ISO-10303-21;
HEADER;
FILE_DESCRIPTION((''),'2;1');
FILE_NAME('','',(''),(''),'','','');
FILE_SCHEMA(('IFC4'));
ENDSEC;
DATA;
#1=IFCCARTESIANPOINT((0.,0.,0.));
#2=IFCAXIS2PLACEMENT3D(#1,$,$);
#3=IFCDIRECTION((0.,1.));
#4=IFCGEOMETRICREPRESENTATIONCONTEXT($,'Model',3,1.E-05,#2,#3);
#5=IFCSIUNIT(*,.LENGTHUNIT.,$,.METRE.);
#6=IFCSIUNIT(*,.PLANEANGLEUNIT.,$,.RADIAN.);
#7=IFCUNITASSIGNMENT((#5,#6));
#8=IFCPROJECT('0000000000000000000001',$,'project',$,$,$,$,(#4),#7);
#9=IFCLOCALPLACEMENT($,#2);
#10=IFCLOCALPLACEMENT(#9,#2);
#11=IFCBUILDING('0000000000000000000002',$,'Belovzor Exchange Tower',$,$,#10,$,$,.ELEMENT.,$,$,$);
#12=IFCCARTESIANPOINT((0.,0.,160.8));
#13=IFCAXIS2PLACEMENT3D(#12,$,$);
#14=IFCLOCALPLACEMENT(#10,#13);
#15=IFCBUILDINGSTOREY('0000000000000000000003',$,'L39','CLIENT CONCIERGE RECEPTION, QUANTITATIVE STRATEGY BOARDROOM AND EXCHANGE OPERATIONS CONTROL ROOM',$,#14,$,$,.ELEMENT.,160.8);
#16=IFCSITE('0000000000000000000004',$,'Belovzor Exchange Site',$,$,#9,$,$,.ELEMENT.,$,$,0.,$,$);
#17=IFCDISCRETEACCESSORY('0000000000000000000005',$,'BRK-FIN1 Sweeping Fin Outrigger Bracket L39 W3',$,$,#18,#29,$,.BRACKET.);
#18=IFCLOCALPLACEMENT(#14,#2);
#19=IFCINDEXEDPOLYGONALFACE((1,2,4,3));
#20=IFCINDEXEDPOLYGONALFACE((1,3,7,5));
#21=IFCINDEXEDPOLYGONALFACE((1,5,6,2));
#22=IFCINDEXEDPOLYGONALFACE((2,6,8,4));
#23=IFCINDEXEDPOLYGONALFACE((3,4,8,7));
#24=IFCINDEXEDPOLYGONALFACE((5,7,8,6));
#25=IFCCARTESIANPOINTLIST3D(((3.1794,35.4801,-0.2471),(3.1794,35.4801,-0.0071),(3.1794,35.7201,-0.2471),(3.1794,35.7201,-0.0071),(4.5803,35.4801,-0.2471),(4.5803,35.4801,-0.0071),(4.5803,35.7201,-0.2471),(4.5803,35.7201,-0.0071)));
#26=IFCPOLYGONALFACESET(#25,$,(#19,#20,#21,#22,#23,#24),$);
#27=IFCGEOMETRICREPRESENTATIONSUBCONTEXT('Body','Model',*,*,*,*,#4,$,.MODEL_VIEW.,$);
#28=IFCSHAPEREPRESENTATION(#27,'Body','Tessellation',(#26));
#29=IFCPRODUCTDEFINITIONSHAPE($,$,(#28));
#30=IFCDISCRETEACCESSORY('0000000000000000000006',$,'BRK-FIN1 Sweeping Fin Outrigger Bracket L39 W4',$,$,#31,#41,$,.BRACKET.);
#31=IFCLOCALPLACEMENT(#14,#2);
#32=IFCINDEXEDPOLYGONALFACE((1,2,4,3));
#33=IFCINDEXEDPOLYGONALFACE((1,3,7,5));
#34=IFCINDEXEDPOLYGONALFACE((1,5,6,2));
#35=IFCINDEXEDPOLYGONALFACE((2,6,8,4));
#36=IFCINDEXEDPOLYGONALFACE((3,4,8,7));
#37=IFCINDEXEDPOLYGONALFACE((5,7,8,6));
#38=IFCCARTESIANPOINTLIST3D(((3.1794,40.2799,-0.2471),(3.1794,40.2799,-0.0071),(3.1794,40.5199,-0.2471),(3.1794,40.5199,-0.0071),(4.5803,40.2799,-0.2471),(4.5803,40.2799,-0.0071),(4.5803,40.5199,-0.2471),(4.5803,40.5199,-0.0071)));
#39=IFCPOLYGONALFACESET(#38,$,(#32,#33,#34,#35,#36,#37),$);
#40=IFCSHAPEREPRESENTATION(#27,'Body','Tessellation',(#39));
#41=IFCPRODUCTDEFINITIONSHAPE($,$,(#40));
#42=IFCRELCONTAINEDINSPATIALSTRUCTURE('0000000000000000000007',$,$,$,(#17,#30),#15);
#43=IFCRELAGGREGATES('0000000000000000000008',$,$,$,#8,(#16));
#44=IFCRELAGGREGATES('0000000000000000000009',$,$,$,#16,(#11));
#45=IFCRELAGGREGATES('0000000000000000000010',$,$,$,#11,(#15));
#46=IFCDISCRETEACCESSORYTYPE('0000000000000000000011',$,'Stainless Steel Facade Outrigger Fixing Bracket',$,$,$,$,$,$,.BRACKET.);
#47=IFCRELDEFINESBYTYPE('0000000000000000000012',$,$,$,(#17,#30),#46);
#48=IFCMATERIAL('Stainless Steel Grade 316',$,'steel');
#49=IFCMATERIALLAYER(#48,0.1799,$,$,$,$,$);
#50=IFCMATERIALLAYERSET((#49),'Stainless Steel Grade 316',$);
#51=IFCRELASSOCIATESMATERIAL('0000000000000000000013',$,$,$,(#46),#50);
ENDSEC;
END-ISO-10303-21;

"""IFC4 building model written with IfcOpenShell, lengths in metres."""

from ifc_helpers import new_model, si_unit, direction, frame, origin, origin_2d, place, context, subcontext, project, spatial, rectangle, extrude, material, layer, layer_set, type_object, element, save


model = new_model("IFC4")

# Units and contexts
model_context = context("Model", 3, precision=1e-05, world=origin(), true_north=direction((0.0, 1.0)))
body_context = subcontext(model_context, "Body", "Model", "MODEL_VIEW")
ifc_project = project(units=[si_unit("LENGTHUNIT", "METRE"), si_unit("PLANEANGLEUNIT", "RADIAN")], contexts=[model_context])

# Site, building, storey
site_placement = place(None, origin())
site = spatial("IfcSite", under=ifc_project, at=site_placement, Name="Belovzor Exchange Site", CompositionType="ELEMENT", RefElevation=0.0)
building_placement = place(site_placement, origin())
building = spatial("IfcBuilding", under=site, at=building_placement, Name="Belovzor Exchange Tower", CompositionType="ELEMENT")
storey_placement = place(building_placement, frame((0.0, 0.0, 160.8)))
storey = spatial("IfcBuildingStorey", under=building, at=storey_placement, Name="L39", Description="CLIENT CONCIERGE RECEPTION, QUANTITATIVE STRATEGY BOARDROOM AND EXCHANGE OPERATIONS CONTROL ROOM", CompositionType="ELEMENT", Elevation=160.8)

# Discrete accessories
ifc_material_1 = material(Name="Stainless Steel Grade 316", Category="steel")
ifc_layer_1 = layer(ifc_material_1, 0.1799)
ifc_layer_set_1 = layer_set([ifc_layer_1], Name="Stainless Steel Grade 316")
discrete_accessory_type = type_object("IfcDiscreteAccessoryType", Name="Stainless Steel Facade Outrigger Fixing Bracket", PredefinedType="BRACKET", material=ifc_layer_set_1)
for number, where, z_axis, x_axis, name in (
    (1, (3.8799, 35.6001, -0.2471), (0.0, 0.0, 1.0), (1.0, 0.0, 0.0), "BRK-FIN1 Sweeping Fin Outrigger Bracket L39 W3"),
    (2, (3.8799, 40.3999, -0.2471), (0.0, 0.0, 1.0), (1.0, 0.0, 0.0), "BRK-FIN1 Sweeping Fin Outrigger Bracket L39 W4"),
):
    element("IfcDiscreteAccessory", number, at=place(storey_placement, frame(where, z_axis=z_axis, x_axis=x_axis)), inside=storey, type_object=discrete_accessory_type, Name=name, PredefinedType="BRACKET", context=body_context, shape_type="SweptSolid", body=[
        extrude(rectangle(XDim=1.4009, YDim=0.24, at=origin_2d()), origin(), (0.0, 0.0, 1.0), 0.24),
    ])

save(model, "model.ifc")
